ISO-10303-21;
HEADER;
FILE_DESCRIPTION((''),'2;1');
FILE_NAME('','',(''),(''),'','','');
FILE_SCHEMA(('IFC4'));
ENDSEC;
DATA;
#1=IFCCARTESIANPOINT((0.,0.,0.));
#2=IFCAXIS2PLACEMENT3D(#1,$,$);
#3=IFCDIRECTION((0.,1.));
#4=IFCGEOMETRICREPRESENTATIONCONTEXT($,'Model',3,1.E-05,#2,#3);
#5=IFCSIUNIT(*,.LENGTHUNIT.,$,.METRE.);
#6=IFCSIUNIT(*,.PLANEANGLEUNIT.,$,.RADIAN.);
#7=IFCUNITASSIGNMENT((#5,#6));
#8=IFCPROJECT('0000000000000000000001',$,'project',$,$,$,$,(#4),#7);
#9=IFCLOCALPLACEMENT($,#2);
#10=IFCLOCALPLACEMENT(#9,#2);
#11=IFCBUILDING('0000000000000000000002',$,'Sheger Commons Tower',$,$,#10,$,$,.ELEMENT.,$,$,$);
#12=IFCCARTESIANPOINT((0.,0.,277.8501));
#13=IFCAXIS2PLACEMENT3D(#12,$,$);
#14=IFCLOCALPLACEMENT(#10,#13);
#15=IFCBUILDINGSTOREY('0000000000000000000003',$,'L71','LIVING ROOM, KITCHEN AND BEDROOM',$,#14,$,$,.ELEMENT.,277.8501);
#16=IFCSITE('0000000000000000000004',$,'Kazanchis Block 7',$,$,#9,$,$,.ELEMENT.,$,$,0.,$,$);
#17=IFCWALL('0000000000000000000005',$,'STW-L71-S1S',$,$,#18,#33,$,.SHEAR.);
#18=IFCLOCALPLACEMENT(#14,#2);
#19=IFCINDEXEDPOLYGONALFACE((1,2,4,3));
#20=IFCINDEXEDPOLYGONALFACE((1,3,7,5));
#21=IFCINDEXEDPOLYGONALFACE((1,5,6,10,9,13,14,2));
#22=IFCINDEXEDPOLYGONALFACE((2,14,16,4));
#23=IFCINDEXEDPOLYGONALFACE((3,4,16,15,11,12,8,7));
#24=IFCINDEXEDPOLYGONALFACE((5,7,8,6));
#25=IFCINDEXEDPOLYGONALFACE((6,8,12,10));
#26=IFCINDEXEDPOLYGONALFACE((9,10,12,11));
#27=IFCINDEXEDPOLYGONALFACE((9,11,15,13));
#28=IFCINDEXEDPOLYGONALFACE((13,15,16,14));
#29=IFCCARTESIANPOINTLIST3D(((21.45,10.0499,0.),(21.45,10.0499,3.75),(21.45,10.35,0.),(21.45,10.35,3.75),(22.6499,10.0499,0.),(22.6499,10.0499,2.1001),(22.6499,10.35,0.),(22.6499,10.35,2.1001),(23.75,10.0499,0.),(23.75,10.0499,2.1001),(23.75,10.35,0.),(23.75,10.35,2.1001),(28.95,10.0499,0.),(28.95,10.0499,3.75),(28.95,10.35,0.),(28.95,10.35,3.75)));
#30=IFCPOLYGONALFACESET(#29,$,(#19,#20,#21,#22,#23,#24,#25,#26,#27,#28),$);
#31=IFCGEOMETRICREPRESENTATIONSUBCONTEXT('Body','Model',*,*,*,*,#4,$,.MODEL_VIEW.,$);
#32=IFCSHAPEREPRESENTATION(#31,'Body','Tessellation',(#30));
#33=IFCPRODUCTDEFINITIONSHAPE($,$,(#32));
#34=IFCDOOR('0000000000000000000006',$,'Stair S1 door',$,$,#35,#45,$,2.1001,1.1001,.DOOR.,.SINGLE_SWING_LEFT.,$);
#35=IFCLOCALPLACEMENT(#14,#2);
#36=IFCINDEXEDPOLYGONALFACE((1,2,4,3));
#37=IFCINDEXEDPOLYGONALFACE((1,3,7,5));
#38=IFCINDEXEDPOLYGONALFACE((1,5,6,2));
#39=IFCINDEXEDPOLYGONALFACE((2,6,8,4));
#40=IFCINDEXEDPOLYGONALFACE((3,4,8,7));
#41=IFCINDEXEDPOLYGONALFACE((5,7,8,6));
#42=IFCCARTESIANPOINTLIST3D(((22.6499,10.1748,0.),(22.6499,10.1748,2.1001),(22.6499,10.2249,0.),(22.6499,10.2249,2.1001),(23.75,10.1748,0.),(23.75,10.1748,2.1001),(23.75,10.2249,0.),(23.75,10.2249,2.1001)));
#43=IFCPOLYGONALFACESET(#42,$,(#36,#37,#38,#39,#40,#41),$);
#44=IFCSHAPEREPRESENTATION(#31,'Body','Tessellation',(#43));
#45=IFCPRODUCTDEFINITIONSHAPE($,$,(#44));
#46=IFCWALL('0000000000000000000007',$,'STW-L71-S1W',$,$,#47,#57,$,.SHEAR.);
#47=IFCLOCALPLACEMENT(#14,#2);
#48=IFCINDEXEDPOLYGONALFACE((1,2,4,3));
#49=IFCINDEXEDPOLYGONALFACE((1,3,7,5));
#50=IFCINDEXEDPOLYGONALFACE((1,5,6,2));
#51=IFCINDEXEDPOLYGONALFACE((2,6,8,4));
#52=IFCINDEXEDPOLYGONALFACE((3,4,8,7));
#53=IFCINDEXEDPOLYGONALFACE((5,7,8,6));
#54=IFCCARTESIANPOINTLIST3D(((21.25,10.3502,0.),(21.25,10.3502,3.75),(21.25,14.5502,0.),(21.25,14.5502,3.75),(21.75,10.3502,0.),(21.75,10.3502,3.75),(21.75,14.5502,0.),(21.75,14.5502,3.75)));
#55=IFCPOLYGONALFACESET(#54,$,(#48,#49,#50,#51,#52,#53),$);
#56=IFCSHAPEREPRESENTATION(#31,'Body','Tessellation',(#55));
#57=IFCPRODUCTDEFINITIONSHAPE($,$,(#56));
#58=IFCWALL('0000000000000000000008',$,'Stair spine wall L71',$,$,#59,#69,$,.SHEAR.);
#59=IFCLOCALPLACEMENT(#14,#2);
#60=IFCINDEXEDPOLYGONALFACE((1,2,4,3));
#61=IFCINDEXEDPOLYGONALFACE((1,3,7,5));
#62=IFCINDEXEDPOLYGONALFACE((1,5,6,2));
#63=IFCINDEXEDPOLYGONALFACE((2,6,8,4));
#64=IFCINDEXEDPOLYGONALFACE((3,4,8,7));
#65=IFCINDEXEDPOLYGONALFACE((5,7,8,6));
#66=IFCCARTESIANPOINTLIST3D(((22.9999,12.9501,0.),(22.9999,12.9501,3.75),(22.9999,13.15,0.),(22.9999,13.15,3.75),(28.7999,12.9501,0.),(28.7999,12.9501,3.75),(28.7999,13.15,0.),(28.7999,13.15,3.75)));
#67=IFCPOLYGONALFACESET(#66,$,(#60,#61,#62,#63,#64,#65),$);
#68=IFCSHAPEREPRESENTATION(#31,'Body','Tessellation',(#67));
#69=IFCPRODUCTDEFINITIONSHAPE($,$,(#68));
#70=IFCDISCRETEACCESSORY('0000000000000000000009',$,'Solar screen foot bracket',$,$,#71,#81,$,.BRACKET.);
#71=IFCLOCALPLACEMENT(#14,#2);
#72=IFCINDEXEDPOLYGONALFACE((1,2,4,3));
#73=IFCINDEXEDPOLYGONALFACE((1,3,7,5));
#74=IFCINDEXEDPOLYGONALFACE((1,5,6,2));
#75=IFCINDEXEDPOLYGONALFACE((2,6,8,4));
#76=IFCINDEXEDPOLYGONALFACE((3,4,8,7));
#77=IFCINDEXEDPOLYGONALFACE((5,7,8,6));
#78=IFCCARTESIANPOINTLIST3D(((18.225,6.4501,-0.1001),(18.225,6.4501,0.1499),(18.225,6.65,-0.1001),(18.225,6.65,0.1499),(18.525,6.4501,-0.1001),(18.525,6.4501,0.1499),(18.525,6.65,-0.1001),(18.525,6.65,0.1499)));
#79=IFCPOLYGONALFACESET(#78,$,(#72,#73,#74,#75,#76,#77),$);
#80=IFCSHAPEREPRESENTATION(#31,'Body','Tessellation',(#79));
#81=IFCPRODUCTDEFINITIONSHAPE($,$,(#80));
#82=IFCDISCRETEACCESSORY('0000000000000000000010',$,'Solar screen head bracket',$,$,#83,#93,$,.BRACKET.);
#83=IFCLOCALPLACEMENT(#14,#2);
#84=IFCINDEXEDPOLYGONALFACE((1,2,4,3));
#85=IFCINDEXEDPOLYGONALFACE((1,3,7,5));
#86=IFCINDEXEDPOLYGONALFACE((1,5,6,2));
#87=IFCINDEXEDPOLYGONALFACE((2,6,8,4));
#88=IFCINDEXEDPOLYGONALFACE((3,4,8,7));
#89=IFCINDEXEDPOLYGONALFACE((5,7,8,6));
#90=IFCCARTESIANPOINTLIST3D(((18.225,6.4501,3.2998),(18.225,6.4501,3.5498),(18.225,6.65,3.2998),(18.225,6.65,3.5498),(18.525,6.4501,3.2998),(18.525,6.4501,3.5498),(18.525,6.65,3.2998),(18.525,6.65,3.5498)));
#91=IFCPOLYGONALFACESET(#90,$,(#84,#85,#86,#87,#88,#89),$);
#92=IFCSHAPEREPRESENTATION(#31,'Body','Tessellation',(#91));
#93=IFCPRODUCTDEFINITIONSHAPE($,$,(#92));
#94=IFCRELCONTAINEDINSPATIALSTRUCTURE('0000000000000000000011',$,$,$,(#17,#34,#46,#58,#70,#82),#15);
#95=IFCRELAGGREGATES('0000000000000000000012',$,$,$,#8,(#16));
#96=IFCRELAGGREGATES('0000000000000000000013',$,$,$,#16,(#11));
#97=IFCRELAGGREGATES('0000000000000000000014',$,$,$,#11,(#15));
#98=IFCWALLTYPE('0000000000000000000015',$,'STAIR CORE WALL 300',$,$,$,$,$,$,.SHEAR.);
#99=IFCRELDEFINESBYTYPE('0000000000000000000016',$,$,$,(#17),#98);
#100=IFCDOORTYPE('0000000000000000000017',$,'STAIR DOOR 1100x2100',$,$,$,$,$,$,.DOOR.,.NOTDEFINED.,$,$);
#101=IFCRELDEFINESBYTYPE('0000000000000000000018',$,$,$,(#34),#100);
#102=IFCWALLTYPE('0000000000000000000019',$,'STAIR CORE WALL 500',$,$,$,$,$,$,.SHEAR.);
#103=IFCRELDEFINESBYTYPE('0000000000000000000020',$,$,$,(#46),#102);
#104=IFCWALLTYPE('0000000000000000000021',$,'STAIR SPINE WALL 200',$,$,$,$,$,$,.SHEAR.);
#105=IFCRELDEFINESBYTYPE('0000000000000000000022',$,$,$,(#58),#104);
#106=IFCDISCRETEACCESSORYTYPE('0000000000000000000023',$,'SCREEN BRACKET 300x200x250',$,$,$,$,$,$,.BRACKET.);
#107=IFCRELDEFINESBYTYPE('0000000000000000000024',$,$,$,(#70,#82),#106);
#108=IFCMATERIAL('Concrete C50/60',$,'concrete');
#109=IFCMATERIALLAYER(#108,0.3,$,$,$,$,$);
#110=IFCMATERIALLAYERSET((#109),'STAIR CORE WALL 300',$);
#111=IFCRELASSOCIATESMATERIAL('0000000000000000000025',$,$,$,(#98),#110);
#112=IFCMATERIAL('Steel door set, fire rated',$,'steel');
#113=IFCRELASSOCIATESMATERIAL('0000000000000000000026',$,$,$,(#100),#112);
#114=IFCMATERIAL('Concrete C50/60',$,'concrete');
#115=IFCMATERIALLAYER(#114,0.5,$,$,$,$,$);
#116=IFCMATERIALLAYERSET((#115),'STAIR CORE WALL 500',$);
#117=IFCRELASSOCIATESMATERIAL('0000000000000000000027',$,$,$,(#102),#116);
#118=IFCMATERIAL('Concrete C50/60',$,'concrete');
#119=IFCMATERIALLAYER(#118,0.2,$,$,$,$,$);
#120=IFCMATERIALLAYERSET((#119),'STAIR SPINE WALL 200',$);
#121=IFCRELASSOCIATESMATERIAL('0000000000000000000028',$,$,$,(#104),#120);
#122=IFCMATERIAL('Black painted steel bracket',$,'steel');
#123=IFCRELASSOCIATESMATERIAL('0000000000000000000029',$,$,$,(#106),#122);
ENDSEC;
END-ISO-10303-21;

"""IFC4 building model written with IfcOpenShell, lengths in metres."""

from ifc_helpers import new_model, si_unit, direction, frame, frame_2d, origin, origin_2d, place, context, subcontext, project, spatial, rectangle, extrude, material, layer, layer_set, type_object, element, fill, save


model = new_model("IFC4")

# Units and contexts
model_context = context("Model", 3, precision=1e-05, world=origin(), true_north=direction((0.0, 1.0)))
body_context = subcontext(model_context, "Body", "Model", "MODEL_VIEW")
ifc_project = project(units=[si_unit("LENGTHUNIT", "METRE"), si_unit("PLANEANGLEUNIT", "RADIAN")], contexts=[model_context])

# Site, building, storey
site_placement = place(None, origin())
site = spatial("IfcSite", under=ifc_project, at=site_placement, Name="Kazanchis Block 7", CompositionType="ELEMENT", RefElevation=0.0)
building_placement = place(site_placement, origin())
building = spatial("IfcBuilding", under=site, at=building_placement, Name="Sheger Commons Tower", CompositionType="ELEMENT")
storey_placement = place(building_placement, frame((0.0, 0.0, 277.8501)))
storey = spatial("IfcBuildingStorey", under=building, at=storey_placement, Name="L71", Description="LIVING ROOM, KITCHEN AND BEDROOM", CompositionType="ELEMENT", Elevation=277.8501)

# Wall, opening, door
ifc_material_1 = material(Name="Concrete C50/60", Category="concrete")
ifc_layer_1 = layer(ifc_material_1, 0.3)
ifc_layer_set_1 = layer_set([ifc_layer_1], Name="STAIR CORE WALL 300")
wall_type_1 = type_object("IfcWallType", Name="STAIR CORE WALL 300", PredefinedType="SHEAR", material=ifc_layer_set_1)
wall_1_placement = place(storey_placement, frame((21.45, 10.2, 0.0), z_axis=(0.0, 0.0, 1.0), x_axis=(1.0, 0.0, 0.0)))
wall_1 = element("IfcWall", 1, at=wall_1_placement, inside=storey, type_object=wall_type_1, Name="STW-L71-S1S", PredefinedType="SHEAR", context=body_context, shape_type="SweptSolid", body=[
    extrude(rectangle(XDim=7.5, YDim=0.3, at=frame_2d((3.75, 0.0))), origin(), (0.0, 0.0, 1.0), 3.75),
])
opening_placement = place(wall_1_placement, frame((1.2, 0.0, 0.0)))
opening = element("IfcOpeningElement", 2, at=opening_placement, cuts=wall_1, PredefinedType="OPENING", context=body_context, shape_type="SweptSolid", body=[
    extrude(rectangle(XDim=1.1001, YDim=2.1001, at=frame_2d((0.55, 1.05))), frame((0.0, 0.1599, 0.0), z_axis=(0.0, -1.0, 0.0), x_axis=(1.0, 0.0, 0.0)), (0.0, 0.0, 1.0), 0.3201),
])
ifc_material_2 = material(Name="Steel door set, fire rated", Category="steel")
door_type = type_object("IfcDoorType", Name="STAIR DOOR 1100x2100", OperationType="NOTDEFINED", PredefinedType="DOOR", material=ifc_material_2)
door_placement = place(opening_placement, origin())
door = element("IfcDoor", 3, at=door_placement, inside=storey, type_object=door_type, Name="Stair S1 door", OperationType="SINGLE_SWING_LEFT", OverallHeight=2.1001, OverallWidth=1.1001, PredefinedType="DOOR", context=body_context, shape_type="SweptSolid", body=[
    extrude(rectangle(XDim=1.1001, YDim=2.1001, at=frame_2d((0.55, 1.05))), frame((0.0, 0.0249, 0.0), z_axis=(0.0, -1.0, 0.0), x_axis=(1.0, 0.0, 0.0)), (0.0, 0.0, 1.0), 0.05),
])
fill(opening, door)

# Walls
ifc_material_3 = material(Name="Concrete C50/60", Category="concrete")
ifc_layer_2 = layer(ifc_material_3, 0.5)
ifc_layer_set_2 = layer_set([ifc_layer_2], Name="STAIR CORE WALL 500")
wall_type_2 = type_object("IfcWallType", Name="STAIR CORE WALL 500", PredefinedType="SHEAR", material=ifc_layer_set_2)
wall_2_placement = place(storey_placement, frame((21.5, 10.3501, 0.0), z_axis=(0.0, 0.0, 1.0), x_axis=(0.0, 1.0, 0.0)))
element("IfcWall", 4, at=wall_2_placement, inside=storey, type_object=wall_type_2, Name="STW-L71-S1W", PredefinedType="SHEAR", context=body_context, shape_type="SweptSolid", body=[
    extrude(rectangle(XDim=4.2, YDim=0.5, at=frame_2d((2.1001, 0.0))), origin(), (0.0, 0.0, 1.0), 3.75),
])
ifc_material_4 = material(Name="Concrete C50/60", Category="concrete")
ifc_layer_3 = layer(ifc_material_4, 0.2)
ifc_layer_set_3 = layer_set([ifc_layer_3], Name="STAIR SPINE WALL 200")
wall_type_3 = type_object("IfcWallType", Name="STAIR SPINE WALL 200", PredefinedType="SHEAR", material=ifc_layer_set_3)
wall_3_placement = place(storey_placement, frame((23.0, 13.05, 0.0), z_axis=(0.0, 0.0, 1.0), x_axis=(1.0, 0.0, 0.0)))
element("IfcWall", 5, at=wall_3_placement, inside=storey, type_object=wall_type_3, Name="Stair spine wall L71", PredefinedType="SHEAR", context=body_context, shape_type="SweptSolid", body=[
    extrude(rectangle(XDim=5.8, YDim=0.2, at=frame_2d((2.8999, 0.0))), origin(), (0.0, 0.0, 1.0), 3.75),
])

# Discrete accessories
ifc_material_5 = material(Name="Black painted steel bracket", Category="steel")
discrete_accessory_type = type_object("IfcDiscreteAccessoryType", Name="SCREEN BRACKET 300x200x250", PredefinedType="BRACKET", material=ifc_material_5)
for number, where, z_axis, x_axis, name in (
    (6, (18.375, 6.55, -0.1001), (0.0, 0.0, 1.0), (1.0, 0.0, 0.0), "Solar screen foot bracket"),
    (7, (18.375, 6.55, 3.2998), (0.0, 0.0, 1.0), (1.0, 0.0, 0.0), "Solar screen head bracket"),
):
    element("IfcDiscreteAccessory", number, at=place(storey_placement, frame(where, z_axis=z_axis, x_axis=x_axis)), inside=storey, type_object=discrete_accessory_type, Name=name, PredefinedType="BRACKET", context=body_context, shape_type="SweptSolid", body=[
        extrude(rectangle(XDim=0.3, YDim=0.2, at=origin_2d()), origin(), (0.0, 0.0, 1.0), 0.25),
    ])

save(model, "model.ifc")
